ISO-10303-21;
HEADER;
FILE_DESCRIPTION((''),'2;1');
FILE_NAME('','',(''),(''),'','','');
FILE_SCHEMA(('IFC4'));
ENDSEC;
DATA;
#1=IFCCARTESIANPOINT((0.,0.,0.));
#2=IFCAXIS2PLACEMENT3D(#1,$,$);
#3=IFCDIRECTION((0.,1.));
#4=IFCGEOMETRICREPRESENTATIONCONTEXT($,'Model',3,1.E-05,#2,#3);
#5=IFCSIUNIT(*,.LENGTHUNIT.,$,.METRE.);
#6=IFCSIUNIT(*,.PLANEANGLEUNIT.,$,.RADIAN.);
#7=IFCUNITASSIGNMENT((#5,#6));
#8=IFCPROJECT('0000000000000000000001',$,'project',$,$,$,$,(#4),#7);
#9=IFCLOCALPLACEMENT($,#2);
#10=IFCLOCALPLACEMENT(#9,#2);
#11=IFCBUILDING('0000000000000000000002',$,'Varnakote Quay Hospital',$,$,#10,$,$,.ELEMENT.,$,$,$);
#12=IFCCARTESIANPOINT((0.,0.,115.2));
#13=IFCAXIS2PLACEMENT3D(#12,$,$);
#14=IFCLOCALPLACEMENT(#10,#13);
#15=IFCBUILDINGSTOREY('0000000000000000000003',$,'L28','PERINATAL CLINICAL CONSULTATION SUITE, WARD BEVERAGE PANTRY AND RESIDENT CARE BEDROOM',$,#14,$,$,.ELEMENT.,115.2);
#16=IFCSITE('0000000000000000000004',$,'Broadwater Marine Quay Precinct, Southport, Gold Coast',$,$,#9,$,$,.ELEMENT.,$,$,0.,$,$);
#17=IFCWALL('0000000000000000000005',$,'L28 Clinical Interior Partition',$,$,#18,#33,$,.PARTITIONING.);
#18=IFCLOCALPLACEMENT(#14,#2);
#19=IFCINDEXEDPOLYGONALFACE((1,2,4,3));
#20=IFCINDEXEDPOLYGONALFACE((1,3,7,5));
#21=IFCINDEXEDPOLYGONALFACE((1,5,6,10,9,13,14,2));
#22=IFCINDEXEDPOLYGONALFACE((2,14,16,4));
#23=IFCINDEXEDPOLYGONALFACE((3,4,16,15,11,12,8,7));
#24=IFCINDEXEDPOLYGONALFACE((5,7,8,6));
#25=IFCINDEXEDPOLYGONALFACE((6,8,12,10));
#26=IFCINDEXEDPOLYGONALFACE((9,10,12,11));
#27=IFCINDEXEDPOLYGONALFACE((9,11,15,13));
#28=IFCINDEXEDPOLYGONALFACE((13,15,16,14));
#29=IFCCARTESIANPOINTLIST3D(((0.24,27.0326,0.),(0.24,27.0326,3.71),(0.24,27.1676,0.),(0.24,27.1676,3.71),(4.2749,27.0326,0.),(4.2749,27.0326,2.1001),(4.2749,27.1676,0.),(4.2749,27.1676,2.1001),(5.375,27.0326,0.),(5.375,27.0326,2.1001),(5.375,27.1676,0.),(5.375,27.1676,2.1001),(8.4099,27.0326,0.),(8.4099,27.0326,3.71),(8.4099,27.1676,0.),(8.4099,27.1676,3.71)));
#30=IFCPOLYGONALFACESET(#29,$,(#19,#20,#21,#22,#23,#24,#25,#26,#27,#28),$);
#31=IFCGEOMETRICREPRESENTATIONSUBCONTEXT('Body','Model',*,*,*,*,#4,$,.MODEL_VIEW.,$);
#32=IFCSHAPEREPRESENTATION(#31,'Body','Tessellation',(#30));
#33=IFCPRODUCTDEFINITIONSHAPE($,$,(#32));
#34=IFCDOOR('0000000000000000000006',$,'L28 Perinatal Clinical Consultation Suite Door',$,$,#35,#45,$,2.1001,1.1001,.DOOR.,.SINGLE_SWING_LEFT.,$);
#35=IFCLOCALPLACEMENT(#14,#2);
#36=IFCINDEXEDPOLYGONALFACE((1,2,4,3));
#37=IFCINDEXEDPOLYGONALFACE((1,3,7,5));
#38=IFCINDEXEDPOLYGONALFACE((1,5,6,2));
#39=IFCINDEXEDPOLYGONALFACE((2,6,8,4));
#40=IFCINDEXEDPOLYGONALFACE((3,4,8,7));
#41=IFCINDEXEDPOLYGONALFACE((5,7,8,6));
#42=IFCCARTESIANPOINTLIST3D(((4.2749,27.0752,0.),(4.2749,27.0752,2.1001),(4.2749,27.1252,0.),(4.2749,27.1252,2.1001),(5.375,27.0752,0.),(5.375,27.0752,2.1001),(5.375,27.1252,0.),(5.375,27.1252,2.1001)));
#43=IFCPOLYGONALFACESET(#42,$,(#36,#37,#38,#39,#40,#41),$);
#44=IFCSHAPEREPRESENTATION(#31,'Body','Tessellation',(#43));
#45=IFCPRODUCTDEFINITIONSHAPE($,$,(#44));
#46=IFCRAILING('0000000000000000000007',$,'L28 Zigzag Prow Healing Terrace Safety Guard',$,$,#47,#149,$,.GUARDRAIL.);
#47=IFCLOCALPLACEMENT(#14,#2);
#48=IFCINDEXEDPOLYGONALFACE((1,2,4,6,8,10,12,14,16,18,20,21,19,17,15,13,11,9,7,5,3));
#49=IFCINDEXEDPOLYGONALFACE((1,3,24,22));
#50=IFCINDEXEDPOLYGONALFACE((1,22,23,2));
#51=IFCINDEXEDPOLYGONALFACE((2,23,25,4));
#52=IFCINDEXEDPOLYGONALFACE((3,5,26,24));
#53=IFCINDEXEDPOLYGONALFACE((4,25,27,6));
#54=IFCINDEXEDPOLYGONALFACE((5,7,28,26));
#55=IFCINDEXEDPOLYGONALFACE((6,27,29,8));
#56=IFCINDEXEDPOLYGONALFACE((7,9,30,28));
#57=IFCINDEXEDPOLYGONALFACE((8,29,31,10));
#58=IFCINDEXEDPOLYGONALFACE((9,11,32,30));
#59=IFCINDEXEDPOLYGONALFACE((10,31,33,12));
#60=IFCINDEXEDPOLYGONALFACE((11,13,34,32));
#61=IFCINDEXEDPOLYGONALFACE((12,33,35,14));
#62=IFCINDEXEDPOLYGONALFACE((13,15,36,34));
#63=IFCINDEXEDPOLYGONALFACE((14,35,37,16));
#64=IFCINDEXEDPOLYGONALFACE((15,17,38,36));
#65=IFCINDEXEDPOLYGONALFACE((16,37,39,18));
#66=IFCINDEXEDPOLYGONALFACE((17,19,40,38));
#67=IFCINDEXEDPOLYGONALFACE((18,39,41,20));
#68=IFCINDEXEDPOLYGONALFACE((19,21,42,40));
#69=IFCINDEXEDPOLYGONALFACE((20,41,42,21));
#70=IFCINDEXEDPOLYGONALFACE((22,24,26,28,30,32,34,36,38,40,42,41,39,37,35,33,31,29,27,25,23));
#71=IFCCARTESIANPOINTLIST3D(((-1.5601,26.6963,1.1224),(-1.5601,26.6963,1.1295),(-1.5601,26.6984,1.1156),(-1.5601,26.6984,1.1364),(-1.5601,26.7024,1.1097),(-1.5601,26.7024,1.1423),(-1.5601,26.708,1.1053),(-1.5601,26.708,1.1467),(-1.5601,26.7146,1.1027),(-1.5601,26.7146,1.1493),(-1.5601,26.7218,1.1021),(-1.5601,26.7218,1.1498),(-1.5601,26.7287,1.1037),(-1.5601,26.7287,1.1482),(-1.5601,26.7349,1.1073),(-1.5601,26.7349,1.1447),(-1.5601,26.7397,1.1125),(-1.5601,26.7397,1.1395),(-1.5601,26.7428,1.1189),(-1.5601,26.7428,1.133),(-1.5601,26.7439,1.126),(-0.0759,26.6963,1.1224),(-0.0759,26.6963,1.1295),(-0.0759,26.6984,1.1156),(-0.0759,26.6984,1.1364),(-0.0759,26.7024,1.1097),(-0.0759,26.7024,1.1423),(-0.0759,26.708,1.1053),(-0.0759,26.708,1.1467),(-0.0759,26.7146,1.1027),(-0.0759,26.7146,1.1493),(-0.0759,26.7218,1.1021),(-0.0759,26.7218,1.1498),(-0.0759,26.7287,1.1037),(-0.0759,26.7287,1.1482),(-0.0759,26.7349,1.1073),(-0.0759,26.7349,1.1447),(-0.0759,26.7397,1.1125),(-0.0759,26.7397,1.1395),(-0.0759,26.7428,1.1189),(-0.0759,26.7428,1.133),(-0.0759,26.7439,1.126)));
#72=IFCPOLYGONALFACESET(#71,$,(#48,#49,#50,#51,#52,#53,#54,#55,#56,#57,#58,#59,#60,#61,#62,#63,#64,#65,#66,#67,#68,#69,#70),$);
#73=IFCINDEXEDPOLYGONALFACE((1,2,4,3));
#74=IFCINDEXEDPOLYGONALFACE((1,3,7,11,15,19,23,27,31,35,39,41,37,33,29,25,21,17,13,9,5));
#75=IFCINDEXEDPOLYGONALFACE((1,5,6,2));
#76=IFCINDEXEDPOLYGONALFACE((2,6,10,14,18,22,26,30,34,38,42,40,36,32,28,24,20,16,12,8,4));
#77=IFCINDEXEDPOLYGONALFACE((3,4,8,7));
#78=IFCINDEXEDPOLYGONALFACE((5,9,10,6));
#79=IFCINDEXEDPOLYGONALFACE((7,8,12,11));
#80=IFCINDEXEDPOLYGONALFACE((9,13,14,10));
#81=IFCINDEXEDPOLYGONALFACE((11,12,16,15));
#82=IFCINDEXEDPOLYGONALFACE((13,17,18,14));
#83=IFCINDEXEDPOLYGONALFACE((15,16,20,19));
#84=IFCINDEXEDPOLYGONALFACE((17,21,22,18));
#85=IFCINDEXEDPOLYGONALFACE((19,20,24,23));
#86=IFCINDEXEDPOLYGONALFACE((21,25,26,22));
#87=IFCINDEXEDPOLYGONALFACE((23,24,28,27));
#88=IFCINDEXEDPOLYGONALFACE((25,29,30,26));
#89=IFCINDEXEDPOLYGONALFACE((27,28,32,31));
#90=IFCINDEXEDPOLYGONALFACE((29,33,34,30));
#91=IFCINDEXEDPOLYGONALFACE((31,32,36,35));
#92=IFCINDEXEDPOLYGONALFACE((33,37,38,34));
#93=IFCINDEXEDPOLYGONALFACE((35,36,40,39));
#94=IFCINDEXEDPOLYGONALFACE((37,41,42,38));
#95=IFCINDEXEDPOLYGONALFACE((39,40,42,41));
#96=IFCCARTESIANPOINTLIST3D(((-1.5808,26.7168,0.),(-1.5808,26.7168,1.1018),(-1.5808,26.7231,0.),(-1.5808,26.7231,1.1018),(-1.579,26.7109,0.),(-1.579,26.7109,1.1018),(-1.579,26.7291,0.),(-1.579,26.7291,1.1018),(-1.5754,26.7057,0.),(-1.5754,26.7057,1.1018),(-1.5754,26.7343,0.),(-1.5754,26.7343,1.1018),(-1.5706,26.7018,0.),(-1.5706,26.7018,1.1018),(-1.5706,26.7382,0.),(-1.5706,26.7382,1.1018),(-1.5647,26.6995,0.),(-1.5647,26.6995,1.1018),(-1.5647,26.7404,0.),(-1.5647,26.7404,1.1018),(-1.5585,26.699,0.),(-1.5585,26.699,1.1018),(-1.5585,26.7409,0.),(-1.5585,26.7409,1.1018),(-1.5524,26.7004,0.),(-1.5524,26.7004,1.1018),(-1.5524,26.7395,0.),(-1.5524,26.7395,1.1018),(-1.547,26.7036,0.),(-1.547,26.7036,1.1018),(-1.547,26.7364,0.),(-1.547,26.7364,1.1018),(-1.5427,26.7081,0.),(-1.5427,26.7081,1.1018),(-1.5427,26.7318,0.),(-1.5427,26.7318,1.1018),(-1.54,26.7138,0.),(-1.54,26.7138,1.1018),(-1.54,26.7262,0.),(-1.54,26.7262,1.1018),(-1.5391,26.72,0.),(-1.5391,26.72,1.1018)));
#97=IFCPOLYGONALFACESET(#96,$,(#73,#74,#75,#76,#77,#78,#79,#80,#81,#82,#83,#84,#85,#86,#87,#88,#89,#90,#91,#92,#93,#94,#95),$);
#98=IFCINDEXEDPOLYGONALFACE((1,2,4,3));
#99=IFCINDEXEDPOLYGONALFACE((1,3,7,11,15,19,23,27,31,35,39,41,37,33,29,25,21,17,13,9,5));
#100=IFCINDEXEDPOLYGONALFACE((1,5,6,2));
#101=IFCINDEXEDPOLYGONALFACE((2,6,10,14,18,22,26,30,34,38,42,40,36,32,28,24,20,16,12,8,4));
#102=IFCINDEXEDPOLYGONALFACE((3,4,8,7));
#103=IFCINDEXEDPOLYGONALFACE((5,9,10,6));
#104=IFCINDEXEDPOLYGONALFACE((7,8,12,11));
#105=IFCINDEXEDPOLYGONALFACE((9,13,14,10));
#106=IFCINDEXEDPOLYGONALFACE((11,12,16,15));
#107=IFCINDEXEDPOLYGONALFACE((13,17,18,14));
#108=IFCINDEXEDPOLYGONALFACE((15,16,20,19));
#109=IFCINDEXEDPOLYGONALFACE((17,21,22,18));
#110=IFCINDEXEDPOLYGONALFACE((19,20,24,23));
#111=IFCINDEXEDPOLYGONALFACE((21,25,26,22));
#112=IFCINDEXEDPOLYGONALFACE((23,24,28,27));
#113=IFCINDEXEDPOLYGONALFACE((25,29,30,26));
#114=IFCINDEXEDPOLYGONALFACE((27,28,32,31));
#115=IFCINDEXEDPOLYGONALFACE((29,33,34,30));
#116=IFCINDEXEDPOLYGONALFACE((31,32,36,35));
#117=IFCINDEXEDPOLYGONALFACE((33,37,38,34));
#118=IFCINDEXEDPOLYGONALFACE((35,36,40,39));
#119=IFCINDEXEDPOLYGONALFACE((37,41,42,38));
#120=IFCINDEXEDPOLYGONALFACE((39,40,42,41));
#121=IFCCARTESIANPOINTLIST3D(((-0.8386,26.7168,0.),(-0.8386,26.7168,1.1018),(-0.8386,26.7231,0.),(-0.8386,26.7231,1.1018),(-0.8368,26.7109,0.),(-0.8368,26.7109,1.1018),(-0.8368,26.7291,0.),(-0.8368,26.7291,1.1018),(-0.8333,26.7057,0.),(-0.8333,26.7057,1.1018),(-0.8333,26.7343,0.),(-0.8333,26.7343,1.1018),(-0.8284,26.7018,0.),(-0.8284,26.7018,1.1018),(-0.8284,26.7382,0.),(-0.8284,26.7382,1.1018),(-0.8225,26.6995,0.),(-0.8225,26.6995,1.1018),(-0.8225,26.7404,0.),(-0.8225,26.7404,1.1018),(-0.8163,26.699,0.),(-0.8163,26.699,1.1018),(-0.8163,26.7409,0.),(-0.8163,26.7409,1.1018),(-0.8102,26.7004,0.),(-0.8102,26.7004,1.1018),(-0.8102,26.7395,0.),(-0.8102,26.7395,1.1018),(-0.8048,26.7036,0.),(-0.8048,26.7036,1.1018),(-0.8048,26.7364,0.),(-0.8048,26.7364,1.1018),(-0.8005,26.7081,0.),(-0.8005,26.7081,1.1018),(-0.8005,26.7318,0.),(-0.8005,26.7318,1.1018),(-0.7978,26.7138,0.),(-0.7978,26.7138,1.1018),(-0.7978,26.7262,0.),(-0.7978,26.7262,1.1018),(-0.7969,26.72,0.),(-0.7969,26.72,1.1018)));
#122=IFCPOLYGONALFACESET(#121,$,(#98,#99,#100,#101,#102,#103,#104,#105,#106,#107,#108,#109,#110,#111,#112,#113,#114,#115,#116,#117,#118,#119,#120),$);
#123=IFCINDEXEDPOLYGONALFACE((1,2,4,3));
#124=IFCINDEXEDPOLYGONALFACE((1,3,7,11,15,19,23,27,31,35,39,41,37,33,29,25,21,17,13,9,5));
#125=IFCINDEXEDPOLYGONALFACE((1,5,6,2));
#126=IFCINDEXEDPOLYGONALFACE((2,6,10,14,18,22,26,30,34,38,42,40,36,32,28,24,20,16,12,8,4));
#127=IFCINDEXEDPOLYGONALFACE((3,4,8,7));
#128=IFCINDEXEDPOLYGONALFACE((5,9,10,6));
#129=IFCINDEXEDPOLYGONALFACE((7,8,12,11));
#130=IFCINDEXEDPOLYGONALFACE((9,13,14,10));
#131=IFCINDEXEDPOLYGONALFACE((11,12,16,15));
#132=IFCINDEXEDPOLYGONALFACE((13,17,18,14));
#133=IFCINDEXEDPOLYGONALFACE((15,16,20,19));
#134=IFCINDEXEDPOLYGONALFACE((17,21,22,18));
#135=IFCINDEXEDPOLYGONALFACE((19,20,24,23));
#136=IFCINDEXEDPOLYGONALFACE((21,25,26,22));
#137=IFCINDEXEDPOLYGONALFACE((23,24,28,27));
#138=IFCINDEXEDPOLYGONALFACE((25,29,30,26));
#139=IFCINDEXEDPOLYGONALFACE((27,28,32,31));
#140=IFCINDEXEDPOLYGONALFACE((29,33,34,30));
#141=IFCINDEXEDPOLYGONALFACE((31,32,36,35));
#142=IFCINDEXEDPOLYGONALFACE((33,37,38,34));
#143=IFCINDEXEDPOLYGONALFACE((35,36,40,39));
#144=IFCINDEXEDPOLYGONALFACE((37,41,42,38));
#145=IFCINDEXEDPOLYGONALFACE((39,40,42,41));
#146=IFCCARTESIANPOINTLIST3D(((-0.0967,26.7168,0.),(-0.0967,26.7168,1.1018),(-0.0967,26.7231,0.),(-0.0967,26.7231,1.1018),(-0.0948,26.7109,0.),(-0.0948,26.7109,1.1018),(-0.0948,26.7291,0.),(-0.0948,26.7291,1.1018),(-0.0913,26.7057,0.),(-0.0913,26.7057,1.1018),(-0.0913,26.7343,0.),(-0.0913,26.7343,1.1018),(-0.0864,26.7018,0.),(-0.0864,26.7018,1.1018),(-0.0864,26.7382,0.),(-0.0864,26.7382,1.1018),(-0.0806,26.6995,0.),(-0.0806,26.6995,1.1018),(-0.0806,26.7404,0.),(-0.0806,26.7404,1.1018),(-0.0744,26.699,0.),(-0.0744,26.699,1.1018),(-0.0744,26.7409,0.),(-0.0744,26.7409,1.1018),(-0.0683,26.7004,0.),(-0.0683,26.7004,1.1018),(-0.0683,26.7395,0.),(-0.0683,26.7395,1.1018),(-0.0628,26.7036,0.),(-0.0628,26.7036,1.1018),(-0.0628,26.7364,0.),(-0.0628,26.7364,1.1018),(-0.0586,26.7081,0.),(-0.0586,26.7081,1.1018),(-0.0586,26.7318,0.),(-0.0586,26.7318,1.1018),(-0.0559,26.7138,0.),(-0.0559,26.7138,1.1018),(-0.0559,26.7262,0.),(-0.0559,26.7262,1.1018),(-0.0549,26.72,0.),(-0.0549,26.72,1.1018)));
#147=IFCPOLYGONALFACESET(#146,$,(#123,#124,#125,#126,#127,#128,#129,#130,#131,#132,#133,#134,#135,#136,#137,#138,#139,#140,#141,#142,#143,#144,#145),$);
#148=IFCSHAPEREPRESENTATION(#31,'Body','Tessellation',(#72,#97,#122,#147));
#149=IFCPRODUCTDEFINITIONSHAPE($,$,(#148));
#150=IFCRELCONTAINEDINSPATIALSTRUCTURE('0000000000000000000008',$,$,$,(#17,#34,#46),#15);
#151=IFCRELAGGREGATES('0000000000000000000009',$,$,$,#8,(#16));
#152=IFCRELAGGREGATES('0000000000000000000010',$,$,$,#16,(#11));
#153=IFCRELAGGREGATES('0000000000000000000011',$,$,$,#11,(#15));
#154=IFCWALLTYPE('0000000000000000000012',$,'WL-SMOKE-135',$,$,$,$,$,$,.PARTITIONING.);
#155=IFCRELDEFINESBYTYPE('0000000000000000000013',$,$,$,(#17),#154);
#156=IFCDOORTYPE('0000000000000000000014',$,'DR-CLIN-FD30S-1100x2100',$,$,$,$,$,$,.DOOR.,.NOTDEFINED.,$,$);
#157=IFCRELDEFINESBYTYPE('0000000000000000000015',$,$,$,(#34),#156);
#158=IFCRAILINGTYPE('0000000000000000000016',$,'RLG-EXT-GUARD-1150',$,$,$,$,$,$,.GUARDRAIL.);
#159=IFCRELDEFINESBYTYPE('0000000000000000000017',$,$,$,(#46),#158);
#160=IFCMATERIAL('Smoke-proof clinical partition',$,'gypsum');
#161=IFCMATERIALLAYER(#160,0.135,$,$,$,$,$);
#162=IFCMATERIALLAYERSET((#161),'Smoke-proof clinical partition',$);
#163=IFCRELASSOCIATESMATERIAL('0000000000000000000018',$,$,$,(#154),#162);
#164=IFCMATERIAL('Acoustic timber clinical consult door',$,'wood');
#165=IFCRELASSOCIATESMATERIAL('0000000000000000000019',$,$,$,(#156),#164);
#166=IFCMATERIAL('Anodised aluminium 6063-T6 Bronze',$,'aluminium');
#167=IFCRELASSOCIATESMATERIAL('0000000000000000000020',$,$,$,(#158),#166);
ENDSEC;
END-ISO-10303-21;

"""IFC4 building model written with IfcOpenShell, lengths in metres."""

from ifc_helpers import new_model, si_unit, direction, frame, frame_2d, origin, origin_2d, place, context, subcontext, project, spatial, rectangle, circle, extrude, material, layer, layer_set, type_object, element, fill, save


model = new_model("IFC4")

# Units and contexts
model_context = context("Model", 3, precision=1e-05, world=origin(), true_north=direction((0.0, 1.0)))
body_context = subcontext(model_context, "Body", "Model", "MODEL_VIEW")
ifc_project = project(units=[si_unit("LENGTHUNIT", "METRE"), si_unit("PLANEANGLEUNIT", "RADIAN")], contexts=[model_context])

# Site, building, storey
site_placement = place(None, origin())
site = spatial("IfcSite", under=ifc_project, at=site_placement, Name="Broadwater Marine Quay Precinct, Southport, Gold Coast", CompositionType="ELEMENT", RefElevation=0.0)
building_placement = place(site_placement, origin())
building = spatial("IfcBuilding", under=site, at=building_placement, Name="Varnakote Quay Hospital", CompositionType="ELEMENT")
storey_placement = place(building_placement, frame((0.0, 0.0, 115.2)))
storey = spatial("IfcBuildingStorey", under=building, at=storey_placement, Name="L28", Description="PERINATAL CLINICAL CONSULTATION SUITE, WARD BEVERAGE PANTRY AND RESIDENT CARE BEDROOM", CompositionType="ELEMENT", Elevation=115.2)

# Shared definitions
ifc_material_1 = material(Name="Smoke-proof clinical partition", Category="gypsum")
ifc_layer_1 = layer(ifc_material_1, 0.135)
ifc_layer_set_1 = layer_set([ifc_layer_1], Name="Smoke-proof clinical partition")
wall_type_1 = type_object("IfcWallType", Name="WL-SMOKE-135", PredefinedType="PARTITIONING", material=ifc_layer_set_1)

# Wall, opening, door
wall_1_placement = place(storey_placement, frame((8.4099, 27.1001, 0.0), z_axis=(0.0, 0.0, 1.0), x_axis=(-1.0, 0.0, 0.0)))
wall_1 = element("IfcWall", 1, at=wall_1_placement, inside=storey, type_object=wall_type_1, Name="L28 Clinical Interior Partition", PredefinedType="PARTITIONING", context=body_context, shape_type="SweptSolid", body=[
    extrude(rectangle(XDim=8.1699, YDim=0.135, at=frame_2d((4.085, 0.0))), origin(), (0.0, 0.0, 1.0), 3.71),
])
opening_1_placement = place(wall_1_placement, frame((3.0349, 0.0, 0.0)))
opening_1 = element("IfcOpeningElement", 2, at=opening_1_placement, cuts=wall_1, PredefinedType="OPENING", context=body_context, shape_type="SweptSolid", body=[
    extrude(rectangle(XDim=1.1001, YDim=2.1001, at=frame_2d((0.55, 1.05))), frame((0.0, 0.0774, 0.0), z_axis=(0.0, -1.0, 0.0), x_axis=(1.0, 0.0, 0.0)), (0.0, 0.0, 1.0), 0.155),
])
ifc_material_2 = material(Name="Acoustic timber clinical consult door", Category="wood")
door_type_1 = type_object("IfcDoorType", Name="DR-CLIN-FD30S-1100x2100", OperationType="NOTDEFINED", PredefinedType="DOOR", material=ifc_material_2)
door_1_placement = place(opening_1_placement, origin())
door_1 = element("IfcDoor", 3, at=door_1_placement, inside=storey, type_object=door_type_1, Name="L28 Perinatal Clinical Consultation Suite Door", OperationType="SINGLE_SWING_LEFT", OverallHeight=2.1001, OverallWidth=1.1001, PredefinedType="DOOR", context=body_context, shape_type="SweptSolid", body=[
    extrude(rectangle(XDim=1.1001, YDim=2.1001, at=frame_2d((0.55, 1.05))), frame((0.0, 0.0249, 0.0), z_axis=(0.0, -1.0, 0.0), x_axis=(1.0, 0.0, 0.0)), (0.0, 0.0, 1.0), 0.05),
])
fill(opening_1, door_1)

# Railing
ifc_material_3 = material(Name="Anodised aluminium 6063-T6 Bronze", Category="aluminium")
railing_type = type_object("IfcRailingType", Name="RLG-EXT-GUARD-1150", PredefinedType="GUARDRAIL", material=ifc_material_3)
railing_1_placement = place(storey_placement, frame((-1.5601, 26.72, 0.0)))
element("IfcRailing", 4, at=railing_1_placement, inside=storey, type_object=railing_type, Name="L28 Zigzag Prow Healing Terrace Safety Guard", PredefinedType="GUARDRAIL", context=body_context, shape_type="SweptSolid", body=[
    extrude(circle(Radius=0.0239, at=origin_2d()), frame((0.0, 0.0, 1.126), z_axis=(1.0, 0.0, 0.0), x_axis=(0.0, 1.0, 0.0)), (0.0, 0.0, 1.0), 1.4841),
    extrude(circle(Radius=0.021, at=origin_2d()), origin(), (0.0, 0.0, 1.0), 1.1018),
    extrude(circle(Radius=0.021, at=origin_2d()), frame((0.7422, 0.0, 0.0)), (0.0, 0.0, 1.0), 1.1018),
    extrude(circle(Radius=0.021, at=origin_2d()), frame((1.4841, 0.0, 0.0)), (0.0, 0.0, 1.0), 1.1018),
])

save(model, "model.ifc")
